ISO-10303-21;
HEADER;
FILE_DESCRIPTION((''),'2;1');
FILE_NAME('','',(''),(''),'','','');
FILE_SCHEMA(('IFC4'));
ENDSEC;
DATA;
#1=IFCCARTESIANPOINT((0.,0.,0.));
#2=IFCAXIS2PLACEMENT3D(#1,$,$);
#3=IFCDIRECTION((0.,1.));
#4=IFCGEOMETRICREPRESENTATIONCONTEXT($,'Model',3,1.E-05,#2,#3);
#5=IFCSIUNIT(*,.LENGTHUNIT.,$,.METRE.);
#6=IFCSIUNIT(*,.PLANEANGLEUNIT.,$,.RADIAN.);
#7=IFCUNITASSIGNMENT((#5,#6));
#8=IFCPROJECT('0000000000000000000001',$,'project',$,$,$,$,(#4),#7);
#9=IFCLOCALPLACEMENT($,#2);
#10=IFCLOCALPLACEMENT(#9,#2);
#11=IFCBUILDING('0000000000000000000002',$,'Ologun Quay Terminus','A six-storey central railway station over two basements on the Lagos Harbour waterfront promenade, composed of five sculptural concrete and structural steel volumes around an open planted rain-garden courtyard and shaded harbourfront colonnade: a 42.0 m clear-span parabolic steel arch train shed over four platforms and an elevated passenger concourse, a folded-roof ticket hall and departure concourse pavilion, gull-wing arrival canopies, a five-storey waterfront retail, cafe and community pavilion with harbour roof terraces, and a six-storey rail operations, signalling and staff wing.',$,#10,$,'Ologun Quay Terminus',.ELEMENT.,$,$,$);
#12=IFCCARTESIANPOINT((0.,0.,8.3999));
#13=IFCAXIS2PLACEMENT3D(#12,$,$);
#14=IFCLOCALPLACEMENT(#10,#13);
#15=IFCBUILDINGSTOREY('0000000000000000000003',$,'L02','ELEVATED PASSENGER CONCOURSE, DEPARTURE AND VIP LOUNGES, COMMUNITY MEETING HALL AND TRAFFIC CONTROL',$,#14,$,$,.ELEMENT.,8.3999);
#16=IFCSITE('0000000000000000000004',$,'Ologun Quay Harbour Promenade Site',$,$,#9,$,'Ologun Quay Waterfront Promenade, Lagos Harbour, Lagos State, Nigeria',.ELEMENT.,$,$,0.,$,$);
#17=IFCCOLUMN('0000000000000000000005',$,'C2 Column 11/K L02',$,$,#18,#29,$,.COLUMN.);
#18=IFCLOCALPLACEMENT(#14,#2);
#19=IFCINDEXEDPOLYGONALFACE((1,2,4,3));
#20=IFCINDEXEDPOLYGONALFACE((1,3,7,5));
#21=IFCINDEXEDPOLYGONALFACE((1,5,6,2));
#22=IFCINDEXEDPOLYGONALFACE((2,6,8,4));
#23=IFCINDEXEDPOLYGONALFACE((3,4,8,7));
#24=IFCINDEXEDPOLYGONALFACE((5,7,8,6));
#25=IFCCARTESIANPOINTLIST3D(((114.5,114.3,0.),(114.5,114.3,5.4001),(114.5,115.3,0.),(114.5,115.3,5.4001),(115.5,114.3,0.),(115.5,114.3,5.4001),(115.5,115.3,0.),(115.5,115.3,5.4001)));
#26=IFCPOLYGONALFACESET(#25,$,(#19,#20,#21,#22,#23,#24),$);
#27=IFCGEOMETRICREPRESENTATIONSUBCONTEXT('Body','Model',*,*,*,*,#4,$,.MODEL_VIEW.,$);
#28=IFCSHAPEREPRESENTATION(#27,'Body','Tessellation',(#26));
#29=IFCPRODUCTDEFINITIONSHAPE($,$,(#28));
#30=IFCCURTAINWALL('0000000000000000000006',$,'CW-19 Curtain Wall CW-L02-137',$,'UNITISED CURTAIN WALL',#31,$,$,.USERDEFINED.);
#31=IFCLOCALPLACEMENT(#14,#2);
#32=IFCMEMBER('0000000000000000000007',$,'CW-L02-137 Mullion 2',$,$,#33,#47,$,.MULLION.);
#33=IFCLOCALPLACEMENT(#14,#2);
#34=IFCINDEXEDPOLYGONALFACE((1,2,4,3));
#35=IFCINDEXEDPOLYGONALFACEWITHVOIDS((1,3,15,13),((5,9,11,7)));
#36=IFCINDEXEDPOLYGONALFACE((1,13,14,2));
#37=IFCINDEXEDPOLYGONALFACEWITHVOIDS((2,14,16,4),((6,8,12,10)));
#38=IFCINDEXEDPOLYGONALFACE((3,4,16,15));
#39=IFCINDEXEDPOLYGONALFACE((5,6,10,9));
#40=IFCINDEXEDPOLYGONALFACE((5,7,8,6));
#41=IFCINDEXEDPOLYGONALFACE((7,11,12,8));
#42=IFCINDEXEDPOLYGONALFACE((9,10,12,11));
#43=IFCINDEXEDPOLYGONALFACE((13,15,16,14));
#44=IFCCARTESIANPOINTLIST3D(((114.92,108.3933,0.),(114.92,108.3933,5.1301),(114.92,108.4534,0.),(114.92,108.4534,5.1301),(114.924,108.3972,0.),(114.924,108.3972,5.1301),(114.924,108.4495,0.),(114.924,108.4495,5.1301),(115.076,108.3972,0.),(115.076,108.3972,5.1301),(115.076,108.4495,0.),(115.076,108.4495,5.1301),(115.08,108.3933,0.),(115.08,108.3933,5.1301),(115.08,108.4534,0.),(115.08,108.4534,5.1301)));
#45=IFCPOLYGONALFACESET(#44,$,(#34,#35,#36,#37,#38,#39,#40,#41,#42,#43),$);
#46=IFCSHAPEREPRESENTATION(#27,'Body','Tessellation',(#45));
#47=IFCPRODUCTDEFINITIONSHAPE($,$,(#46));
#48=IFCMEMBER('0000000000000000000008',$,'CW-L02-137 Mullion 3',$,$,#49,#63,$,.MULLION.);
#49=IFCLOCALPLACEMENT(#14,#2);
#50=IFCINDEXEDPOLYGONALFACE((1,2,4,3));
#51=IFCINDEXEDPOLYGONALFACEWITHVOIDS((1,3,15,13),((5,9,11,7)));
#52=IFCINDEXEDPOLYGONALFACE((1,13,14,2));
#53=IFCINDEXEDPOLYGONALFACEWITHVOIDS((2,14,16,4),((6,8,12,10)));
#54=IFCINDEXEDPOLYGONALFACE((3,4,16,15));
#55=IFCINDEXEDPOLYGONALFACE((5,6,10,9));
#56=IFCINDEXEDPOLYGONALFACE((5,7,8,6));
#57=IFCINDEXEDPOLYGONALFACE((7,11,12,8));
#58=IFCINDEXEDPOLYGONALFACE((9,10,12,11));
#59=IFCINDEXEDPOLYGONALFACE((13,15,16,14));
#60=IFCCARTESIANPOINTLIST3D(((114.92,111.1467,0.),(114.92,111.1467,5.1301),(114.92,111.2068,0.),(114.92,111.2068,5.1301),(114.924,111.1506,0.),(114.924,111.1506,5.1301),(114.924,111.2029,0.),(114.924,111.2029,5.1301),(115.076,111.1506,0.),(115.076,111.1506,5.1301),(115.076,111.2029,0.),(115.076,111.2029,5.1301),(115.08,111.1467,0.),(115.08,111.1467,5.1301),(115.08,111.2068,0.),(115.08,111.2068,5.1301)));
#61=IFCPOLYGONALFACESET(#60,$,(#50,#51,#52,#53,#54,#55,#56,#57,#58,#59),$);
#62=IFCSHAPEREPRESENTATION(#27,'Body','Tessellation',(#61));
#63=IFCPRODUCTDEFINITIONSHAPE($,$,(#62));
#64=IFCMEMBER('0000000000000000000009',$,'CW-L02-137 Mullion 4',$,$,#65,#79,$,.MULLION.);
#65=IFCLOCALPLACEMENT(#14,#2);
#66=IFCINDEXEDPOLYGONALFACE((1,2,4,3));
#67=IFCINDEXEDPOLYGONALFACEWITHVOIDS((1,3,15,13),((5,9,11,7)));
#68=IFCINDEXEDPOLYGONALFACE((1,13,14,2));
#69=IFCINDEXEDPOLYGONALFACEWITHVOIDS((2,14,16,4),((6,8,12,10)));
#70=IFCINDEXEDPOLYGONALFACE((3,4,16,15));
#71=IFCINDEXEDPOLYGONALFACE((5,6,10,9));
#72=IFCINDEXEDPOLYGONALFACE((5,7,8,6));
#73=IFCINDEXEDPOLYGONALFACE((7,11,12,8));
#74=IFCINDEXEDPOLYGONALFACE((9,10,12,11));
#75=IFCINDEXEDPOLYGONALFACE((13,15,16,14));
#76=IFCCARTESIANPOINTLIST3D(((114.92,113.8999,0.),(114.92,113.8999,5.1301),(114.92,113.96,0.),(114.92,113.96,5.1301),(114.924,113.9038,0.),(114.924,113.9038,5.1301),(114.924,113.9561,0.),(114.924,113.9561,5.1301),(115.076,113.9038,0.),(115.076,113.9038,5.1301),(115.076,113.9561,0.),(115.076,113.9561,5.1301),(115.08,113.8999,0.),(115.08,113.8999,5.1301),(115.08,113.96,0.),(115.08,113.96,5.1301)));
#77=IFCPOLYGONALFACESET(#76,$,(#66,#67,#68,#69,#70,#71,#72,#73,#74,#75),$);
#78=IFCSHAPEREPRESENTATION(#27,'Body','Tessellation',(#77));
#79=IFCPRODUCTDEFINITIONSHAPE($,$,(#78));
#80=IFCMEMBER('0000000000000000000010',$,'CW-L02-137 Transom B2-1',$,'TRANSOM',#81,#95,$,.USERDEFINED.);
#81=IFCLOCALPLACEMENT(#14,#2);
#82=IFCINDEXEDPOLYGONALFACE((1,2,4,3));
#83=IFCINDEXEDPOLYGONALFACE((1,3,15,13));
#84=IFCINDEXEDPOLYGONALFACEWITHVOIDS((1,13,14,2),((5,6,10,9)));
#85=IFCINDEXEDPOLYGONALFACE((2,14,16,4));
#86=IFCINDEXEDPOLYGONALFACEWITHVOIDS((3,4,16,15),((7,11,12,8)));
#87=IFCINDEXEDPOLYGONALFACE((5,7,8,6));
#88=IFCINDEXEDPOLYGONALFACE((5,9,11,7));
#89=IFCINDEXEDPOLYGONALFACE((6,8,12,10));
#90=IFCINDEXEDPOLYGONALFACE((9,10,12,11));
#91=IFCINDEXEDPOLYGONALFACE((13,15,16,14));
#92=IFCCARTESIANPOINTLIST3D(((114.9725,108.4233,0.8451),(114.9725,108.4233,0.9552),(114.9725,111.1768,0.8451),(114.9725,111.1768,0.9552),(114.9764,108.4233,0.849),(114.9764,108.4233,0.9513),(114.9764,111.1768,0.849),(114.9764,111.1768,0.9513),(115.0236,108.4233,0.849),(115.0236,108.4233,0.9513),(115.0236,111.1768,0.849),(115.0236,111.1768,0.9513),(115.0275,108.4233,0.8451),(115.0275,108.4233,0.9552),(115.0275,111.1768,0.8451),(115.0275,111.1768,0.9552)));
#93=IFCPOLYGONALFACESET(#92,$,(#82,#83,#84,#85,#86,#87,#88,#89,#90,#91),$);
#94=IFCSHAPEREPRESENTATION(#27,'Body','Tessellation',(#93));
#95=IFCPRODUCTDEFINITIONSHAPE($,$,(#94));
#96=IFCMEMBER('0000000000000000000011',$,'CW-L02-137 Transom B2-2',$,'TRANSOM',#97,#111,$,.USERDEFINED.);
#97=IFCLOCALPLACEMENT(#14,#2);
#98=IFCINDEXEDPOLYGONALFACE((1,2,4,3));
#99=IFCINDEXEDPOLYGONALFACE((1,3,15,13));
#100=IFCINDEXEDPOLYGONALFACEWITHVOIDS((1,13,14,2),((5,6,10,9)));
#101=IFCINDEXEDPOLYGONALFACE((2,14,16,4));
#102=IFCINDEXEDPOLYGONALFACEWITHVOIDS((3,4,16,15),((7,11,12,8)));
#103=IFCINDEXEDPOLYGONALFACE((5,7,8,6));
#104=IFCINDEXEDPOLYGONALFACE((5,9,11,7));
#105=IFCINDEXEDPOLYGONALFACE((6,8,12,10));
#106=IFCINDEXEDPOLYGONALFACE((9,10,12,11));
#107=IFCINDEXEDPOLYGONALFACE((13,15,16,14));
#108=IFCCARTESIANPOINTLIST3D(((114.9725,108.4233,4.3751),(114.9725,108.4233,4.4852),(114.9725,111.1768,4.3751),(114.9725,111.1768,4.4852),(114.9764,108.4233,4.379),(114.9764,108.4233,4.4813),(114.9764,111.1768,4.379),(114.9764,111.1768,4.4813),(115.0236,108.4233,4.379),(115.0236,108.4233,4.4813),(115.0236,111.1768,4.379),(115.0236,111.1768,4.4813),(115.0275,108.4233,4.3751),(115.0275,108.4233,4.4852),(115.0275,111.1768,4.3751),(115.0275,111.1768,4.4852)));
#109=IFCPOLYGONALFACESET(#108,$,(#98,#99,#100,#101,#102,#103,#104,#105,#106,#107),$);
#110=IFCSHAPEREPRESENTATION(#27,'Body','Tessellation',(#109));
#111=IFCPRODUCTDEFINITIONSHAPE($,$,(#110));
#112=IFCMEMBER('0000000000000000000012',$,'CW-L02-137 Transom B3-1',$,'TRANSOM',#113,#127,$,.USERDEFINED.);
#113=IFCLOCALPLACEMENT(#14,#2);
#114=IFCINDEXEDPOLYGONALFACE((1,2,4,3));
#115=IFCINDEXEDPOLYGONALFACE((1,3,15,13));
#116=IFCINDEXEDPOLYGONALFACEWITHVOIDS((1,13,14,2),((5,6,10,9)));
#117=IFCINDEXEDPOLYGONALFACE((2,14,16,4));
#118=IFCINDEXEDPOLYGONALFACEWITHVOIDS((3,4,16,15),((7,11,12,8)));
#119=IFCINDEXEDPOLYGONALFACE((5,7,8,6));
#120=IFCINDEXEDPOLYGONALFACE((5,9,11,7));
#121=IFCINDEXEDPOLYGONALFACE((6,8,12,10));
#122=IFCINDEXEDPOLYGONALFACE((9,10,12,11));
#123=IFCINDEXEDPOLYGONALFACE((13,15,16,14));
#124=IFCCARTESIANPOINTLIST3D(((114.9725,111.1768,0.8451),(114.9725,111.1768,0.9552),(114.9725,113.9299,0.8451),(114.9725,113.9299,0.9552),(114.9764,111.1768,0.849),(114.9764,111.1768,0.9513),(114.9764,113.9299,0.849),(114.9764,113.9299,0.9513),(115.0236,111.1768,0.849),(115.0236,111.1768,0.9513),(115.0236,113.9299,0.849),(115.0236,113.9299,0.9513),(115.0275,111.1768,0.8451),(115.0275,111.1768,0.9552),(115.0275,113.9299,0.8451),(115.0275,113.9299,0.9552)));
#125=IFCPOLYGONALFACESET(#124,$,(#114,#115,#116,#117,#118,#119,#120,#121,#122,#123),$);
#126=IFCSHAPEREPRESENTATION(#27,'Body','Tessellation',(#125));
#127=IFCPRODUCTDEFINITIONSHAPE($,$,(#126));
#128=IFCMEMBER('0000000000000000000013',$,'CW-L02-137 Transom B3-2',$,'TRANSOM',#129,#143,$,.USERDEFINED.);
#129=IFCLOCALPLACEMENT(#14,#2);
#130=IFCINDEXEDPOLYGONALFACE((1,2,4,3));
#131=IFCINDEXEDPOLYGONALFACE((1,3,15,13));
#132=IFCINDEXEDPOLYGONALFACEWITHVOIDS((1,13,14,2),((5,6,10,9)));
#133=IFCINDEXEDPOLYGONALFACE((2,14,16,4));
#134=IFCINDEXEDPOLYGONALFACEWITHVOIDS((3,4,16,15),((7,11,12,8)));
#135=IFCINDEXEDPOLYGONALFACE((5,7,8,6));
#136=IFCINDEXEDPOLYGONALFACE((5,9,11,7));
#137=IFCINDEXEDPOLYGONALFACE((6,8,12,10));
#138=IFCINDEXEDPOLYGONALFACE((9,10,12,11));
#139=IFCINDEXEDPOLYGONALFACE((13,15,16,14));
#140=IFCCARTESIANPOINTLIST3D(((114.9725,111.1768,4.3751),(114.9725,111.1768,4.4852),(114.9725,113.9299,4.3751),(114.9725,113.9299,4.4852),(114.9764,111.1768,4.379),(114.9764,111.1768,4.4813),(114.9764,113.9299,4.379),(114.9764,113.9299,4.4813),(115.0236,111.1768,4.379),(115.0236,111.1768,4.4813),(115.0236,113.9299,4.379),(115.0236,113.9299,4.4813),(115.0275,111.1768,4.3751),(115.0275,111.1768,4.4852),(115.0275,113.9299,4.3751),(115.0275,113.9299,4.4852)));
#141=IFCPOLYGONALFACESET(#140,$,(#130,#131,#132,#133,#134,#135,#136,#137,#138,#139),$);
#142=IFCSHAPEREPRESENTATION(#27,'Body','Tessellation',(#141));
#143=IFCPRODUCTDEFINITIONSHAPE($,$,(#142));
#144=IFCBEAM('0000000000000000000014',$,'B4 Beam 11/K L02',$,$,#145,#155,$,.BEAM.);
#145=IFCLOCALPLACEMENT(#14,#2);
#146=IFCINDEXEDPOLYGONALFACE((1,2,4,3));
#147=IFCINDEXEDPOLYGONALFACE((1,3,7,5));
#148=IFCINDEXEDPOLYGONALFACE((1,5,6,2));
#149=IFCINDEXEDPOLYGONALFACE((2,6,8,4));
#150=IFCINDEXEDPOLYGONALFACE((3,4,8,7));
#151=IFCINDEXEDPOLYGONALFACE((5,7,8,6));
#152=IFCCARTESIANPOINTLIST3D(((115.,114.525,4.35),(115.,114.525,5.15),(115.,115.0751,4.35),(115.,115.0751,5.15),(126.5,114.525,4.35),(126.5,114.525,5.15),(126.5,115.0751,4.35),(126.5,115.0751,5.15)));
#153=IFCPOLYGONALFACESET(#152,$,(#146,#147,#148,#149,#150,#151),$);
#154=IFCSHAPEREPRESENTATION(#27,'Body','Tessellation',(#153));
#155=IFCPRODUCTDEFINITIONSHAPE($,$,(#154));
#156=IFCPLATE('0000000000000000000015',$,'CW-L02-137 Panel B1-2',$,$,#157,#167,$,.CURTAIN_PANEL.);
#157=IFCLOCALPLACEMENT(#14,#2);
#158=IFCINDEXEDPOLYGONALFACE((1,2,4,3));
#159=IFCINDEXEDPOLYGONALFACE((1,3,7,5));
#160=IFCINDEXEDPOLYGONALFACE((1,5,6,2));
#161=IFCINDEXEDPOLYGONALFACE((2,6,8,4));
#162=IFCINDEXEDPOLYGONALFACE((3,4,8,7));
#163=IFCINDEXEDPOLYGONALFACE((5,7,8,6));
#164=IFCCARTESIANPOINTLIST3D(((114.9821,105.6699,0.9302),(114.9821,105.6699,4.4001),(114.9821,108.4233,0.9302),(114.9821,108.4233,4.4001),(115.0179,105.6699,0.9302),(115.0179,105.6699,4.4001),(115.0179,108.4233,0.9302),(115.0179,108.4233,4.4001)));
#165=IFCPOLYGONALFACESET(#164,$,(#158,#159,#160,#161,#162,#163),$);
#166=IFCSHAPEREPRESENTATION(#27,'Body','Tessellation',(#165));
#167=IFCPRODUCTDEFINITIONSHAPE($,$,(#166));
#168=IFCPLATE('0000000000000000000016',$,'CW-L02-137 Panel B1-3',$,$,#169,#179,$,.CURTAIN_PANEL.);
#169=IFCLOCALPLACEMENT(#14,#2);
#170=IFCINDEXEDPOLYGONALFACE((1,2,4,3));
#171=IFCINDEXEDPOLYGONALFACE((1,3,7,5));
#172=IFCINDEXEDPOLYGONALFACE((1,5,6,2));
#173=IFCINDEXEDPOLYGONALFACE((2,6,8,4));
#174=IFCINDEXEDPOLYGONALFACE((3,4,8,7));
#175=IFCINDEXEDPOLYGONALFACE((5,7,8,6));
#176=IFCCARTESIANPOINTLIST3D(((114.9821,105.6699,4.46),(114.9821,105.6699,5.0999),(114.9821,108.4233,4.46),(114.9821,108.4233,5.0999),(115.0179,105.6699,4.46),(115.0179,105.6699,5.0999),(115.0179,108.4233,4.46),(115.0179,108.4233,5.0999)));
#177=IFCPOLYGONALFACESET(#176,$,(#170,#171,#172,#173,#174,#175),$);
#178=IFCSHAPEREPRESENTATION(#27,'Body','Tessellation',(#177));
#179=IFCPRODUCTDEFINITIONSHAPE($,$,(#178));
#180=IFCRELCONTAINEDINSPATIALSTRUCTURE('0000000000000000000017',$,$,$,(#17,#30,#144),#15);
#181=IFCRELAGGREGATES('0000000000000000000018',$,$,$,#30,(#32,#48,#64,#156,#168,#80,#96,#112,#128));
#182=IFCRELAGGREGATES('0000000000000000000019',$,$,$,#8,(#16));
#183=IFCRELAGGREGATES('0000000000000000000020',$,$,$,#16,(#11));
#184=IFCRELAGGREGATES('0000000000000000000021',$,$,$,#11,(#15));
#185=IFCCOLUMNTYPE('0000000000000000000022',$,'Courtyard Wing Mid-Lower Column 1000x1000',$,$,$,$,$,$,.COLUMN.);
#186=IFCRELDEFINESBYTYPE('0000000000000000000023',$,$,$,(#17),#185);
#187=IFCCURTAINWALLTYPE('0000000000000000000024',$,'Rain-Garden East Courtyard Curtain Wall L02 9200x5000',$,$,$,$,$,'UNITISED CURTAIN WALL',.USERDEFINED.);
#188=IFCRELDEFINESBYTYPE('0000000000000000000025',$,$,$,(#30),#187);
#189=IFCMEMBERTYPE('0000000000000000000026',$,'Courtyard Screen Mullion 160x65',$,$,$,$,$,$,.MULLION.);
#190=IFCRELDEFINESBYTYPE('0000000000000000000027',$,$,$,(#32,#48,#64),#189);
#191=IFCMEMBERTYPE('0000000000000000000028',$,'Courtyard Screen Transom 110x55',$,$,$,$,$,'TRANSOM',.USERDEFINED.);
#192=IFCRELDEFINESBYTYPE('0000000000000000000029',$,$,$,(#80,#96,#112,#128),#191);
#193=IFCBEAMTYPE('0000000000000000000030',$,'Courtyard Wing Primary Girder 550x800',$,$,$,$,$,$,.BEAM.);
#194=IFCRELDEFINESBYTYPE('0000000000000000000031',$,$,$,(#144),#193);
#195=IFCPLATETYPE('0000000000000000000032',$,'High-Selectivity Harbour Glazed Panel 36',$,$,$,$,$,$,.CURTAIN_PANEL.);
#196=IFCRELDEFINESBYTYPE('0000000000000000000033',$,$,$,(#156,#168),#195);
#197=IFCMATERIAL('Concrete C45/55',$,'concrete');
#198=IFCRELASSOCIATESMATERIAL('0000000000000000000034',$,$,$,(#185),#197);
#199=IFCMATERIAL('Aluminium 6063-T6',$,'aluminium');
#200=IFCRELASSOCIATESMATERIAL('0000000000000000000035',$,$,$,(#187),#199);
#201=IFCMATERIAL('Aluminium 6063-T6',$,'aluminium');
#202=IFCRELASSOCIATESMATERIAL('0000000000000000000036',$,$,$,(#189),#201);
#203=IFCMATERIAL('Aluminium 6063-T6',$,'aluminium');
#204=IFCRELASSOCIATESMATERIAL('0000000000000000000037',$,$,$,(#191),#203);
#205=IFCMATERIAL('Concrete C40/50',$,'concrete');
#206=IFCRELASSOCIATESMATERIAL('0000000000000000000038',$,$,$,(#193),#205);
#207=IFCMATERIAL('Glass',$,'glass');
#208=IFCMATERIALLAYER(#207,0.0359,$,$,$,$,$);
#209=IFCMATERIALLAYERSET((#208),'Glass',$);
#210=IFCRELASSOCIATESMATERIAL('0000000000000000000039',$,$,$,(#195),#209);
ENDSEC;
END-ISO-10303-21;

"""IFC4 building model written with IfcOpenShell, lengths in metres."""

from ifc_helpers import new_model, si_unit, direction, frame, origin, origin_2d, place, context, subcontext, project, spatial, rectangle, hollow_rectangle, extrude, material, layer, layer_set, material_profile, profile_set, type_object, element, aggregate, save


model = new_model("IFC4")

# Units and contexts
model_context = context("Model", 3, precision=1e-05, world=origin(), true_north=direction((0.0, 1.0)))
body_context = subcontext(model_context, "Body", "Model", "MODEL_VIEW")
ifc_project = project(units=[si_unit("LENGTHUNIT", "METRE"), si_unit("PLANEANGLEUNIT", "RADIAN")], contexts=[model_context])

# Site, building, storey
site_placement = place(None, origin())
site = spatial("IfcSite", under=ifc_project, at=site_placement, Name="Ologun Quay Harbour Promenade Site", LongName="Ologun Quay Waterfront Promenade, Lagos Harbour, Lagos State, Nigeria", CompositionType="ELEMENT", RefElevation=0.0)
building_placement = place(site_placement, origin())
building = spatial("IfcBuilding", under=site, at=building_placement, Name="Ologun Quay Terminus", Description="A six-storey central railway station over two basements on the Lagos Harbour waterfront promenade, composed of five sculptural concrete and structural steel volumes around an open planted rain-garden courtyard and shaded harbourfront colonnade: a 42.0 m clear-span parabolic steel arch train shed over four platforms and an elevated passenger concourse, a folded-roof ticket hall and departure concourse pavilion, gull-wing arrival canopies, a five-storey waterfront retail, cafe and community pavilion with harbour roof terraces, and a six-storey rail operations, signalling and staff wing.", LongName="Ologun Quay Terminus", CompositionType="ELEMENT")
storey_placement = place(building_placement, frame((0.0, 0.0, 8.3999)))
storey = spatial("IfcBuildingStorey", under=building, at=storey_placement, Name="L02", Description="ELEVATED PASSENGER CONCOURSE, DEPARTURE AND VIP LOUNGES, COMMUNITY MEETING HALL AND TRAFFIC CONTROL", CompositionType="ELEMENT", Elevation=8.3999)

# Column
ifc_material_1 = material(Name="Concrete C45/55", Category="concrete")
ifc_material_profile_1 = material_profile(ifc_material_1, rectangle(XDim=1.0, YDim=1.0, at=origin_2d()), Name="RC 1000x1000")
ifc_profile_set_1 = profile_set([ifc_material_profile_1], Name="Concrete C45/55")
column_type = type_object("IfcColumnType", Name="Courtyard Wing Mid-Lower Column 1000x1000", PredefinedType="COLUMN", material=ifc_profile_set_1)
column_placement = place(storey_placement, frame((115.0, 114.8, 0.0), z_axis=(0.0, 0.0, 1.0), x_axis=(1.0, 0.0, 0.0)))
element("IfcColumn", 1, at=column_placement, inside=storey, type_object=column_type, Name="C2 Column 11/K L02", PredefinedType="COLUMN", context=body_context, shape_type="SweptSolid", body=[
    extrude(rectangle(XDim=1.0, YDim=1.0, at=origin_2d()), origin(), (0.0, 0.0, 1.0), 5.4001),
])

# Curtain wall, members
ifc_material_2 = material(Name="Aluminium 6063-T6", Category="aluminium")
curtain_wall_type = type_object("IfcCurtainWallType", Name="Rain-Garden East Courtyard Curtain Wall L02 9200x5000", ElementType="UNITISED CURTAIN WALL", PredefinedType="USERDEFINED", material=ifc_material_2)
curtain_wall_placement = place(storey_placement, origin())
curtain_wall = element("IfcCurtainWall", 2, at=curtain_wall_placement, inside=storey, type_object=curtain_wall_type, Name="CW-19 Curtain Wall CW-L02-137", ObjectType="UNITISED CURTAIN WALL", PredefinedType="USERDEFINED")
ifc_material_3 = material(Name="Aluminium 6063-T6", Category="aluminium")
ifc_material_profile_2 = material_profile(ifc_material_3, hollow_rectangle(XDim=0.0601, YDim=0.1599, WallThickness=0.0039, at=origin_2d()), Name="ALU 160x60x4")
ifc_profile_set_2 = profile_set([ifc_material_profile_2], Name="Aluminium 6063-T6")
member_type_1 = type_object("IfcMemberType", Name="Courtyard Screen Mullion 160x65", PredefinedType="MULLION", material=ifc_profile_set_2)
member_1_placement = place(storey_placement, frame((115.0, 108.4233, 0.0), z_axis=(0.0, 0.0, 1.0), x_axis=(0.0, 1.0, 0.0)))
member_1 = element("IfcMember", 3, at=member_1_placement, type_object=member_type_1, Name="CW-L02-137 Mullion 2", PredefinedType="MULLION", context=body_context, shape_type="SweptSolid", body=[
    extrude(hollow_rectangle(XDim=0.0601, YDim=0.1599, WallThickness=0.0039, at=origin_2d()), origin(), (0.0, 0.0, 1.0), 5.1301),
])
member_2_placement = place(storey_placement, frame((115.0, 111.1768, 0.0), z_axis=(0.0, 0.0, 1.0), x_axis=(0.0, 1.0, 0.0)))
member_2 = element("IfcMember", 4, at=member_2_placement, type_object=member_type_1, Name="CW-L02-137 Mullion 3", PredefinedType="MULLION", context=body_context, shape_type="SweptSolid", body=[
    extrude(hollow_rectangle(XDim=0.0601, YDim=0.1599, WallThickness=0.0039, at=origin_2d()), origin(), (0.0, 0.0, 1.0), 5.1301),
])
member_3_placement = place(storey_placement, frame((115.0, 113.9299, 0.0), z_axis=(0.0, 0.0, 1.0), x_axis=(0.0, 1.0, 0.0)))
member_3 = element("IfcMember", 5, at=member_3_placement, type_object=member_type_1, Name="CW-L02-137 Mullion 4", PredefinedType="MULLION", context=body_context, shape_type="SweptSolid", body=[
    extrude(hollow_rectangle(XDim=0.0601, YDim=0.1599, WallThickness=0.0039, at=origin_2d()), origin(), (0.0, 0.0, 1.0), 5.1301),
])
ifc_material_4 = material(Name="Aluminium 6063-T6", Category="aluminium")
ifc_material_profile_3 = material_profile(ifc_material_4, hollow_rectangle(XDim=0.0549, YDim=0.1101, WallThickness=0.0039, at=origin_2d()), Name="ALU 110x55x4")
ifc_profile_set_3 = profile_set([ifc_material_profile_3], Name="Aluminium 6063-T6")
member_type_2 = type_object("IfcMemberType", Name="Courtyard Screen Transom 110x55", ElementType="TRANSOM", PredefinedType="USERDEFINED", material=ifc_profile_set_3)
member_4_placement = place(storey_placement, frame((115.0, 108.4233, 0.9001), z_axis=(0.0, 1.0, 0.0), x_axis=(-1.0, 0.0, 0.0)))
member_4 = element("IfcMember", 6, at=member_4_placement, type_object=member_type_2, Name="CW-L02-137 Transom B2-1", ObjectType="TRANSOM", PredefinedType="USERDEFINED", context=body_context, shape_type="SweptSolid", body=[
    extrude(hollow_rectangle(XDim=0.0549, YDim=0.1101, WallThickness=0.0039, at=origin_2d()), origin(), (0.0, 0.0, 1.0), 2.7534),
])
member_5_placement = place(storey_placement, frame((115.0, 108.4233, 4.4302), z_axis=(0.0, 1.0, 0.0), x_axis=(-1.0, 0.0, 0.0)))
member_5 = element("IfcMember", 7, at=member_5_placement, type_object=member_type_2, Name="CW-L02-137 Transom B2-2", ObjectType="TRANSOM", PredefinedType="USERDEFINED", context=body_context, shape_type="SweptSolid", body=[
    extrude(hollow_rectangle(XDim=0.0549, YDim=0.1101, WallThickness=0.0039, at=origin_2d()), origin(), (0.0, 0.0, 1.0), 2.7534),
])
member_6_placement = place(storey_placement, frame((115.0, 111.1768, 0.9001), z_axis=(0.0, 1.0, 0.0), x_axis=(-1.0, 0.0, 0.0)))
member_6 = element("IfcMember", 8, at=member_6_placement, type_object=member_type_2, Name="CW-L02-137 Transom B3-1", ObjectType="TRANSOM", PredefinedType="USERDEFINED", context=body_context, shape_type="SweptSolid", body=[
    extrude(hollow_rectangle(XDim=0.0549, YDim=0.1101, WallThickness=0.0039, at=origin_2d()), origin(), (0.0, 0.0, 1.0), 2.7532),
])
member_7_placement = place(storey_placement, frame((115.0, 111.1768, 4.4302), z_axis=(0.0, 1.0, 0.0), x_axis=(-1.0, 0.0, 0.0)))
member_7 = element("IfcMember", 9, at=member_7_placement, type_object=member_type_2, Name="CW-L02-137 Transom B3-2", ObjectType="TRANSOM", PredefinedType="USERDEFINED", context=body_context, shape_type="SweptSolid", body=[
    extrude(hollow_rectangle(XDim=0.0549, YDim=0.1101, WallThickness=0.0039, at=origin_2d()), origin(), (0.0, 0.0, 1.0), 2.7532),
])

# Beam
ifc_material_5 = material(Name="Concrete C40/50", Category="concrete")
ifc_material_profile_4 = material_profile(ifc_material_5, rectangle(XDim=0.55, YDim=0.8, at=origin_2d()), Name="RC 550x800")
ifc_profile_set_4 = profile_set([ifc_material_profile_4], Name="Concrete C40/50")
beam_type = type_object("IfcBeamType", Name="Courtyard Wing Primary Girder 550x800", PredefinedType="BEAM", material=ifc_profile_set_4)
beam_placement = place(storey_placement, frame((115.0, 114.8, 4.75), z_axis=(1.0, 0.0, 0.0), x_axis=(0.0, 1.0, 0.0)))
element("IfcBeam", 10, at=beam_placement, inside=storey, type_object=beam_type, Name="B4 Beam 11/K L02", PredefinedType="BEAM", context=body_context, shape_type="SweptSolid", body=[
    extrude(rectangle(XDim=0.55, YDim=0.8, at=origin_2d()), origin(), (0.0, 0.0, 1.0), 11.5),
])

# Plates
ifc_material_6 = material(Name="Glass", Category="glass")
ifc_layer_1 = layer(ifc_material_6, 0.0359)
ifc_layer_set_1 = layer_set([ifc_layer_1], Name="Glass")
plate_type_1 = type_object("IfcPlateType", Name="High-Selectivity Harbour Glazed Panel 36", PredefinedType="CURTAIN_PANEL", material=ifc_layer_set_1)
plate_1_placement = place(storey_placement, frame((115.0, 107.0466, 0.9302), z_axis=(0.0, 0.0, 1.0), x_axis=(0.0, 1.0, 0.0)))
plate_1 = element("IfcPlate", 11, at=plate_1_placement, type_object=plate_type_1, Name="CW-L02-137 Panel B1-2", PredefinedType="CURTAIN_PANEL", context=body_context, shape_type="SweptSolid", body=[
    extrude(rectangle(XDim=2.7534, YDim=0.0359, at=origin_2d()), origin(), (0.0, 0.0, 1.0), 3.47),
])
plate_2_placement = place(storey_placement, frame((115.0, 107.0466, 4.46), z_axis=(0.0, 0.0, 1.0), x_axis=(0.0, 1.0, 0.0)))
plate_2 = element("IfcPlate", 12, at=plate_2_placement, type_object=plate_type_1, Name="CW-L02-137 Panel B1-3", PredefinedType="CURTAIN_PANEL", context=body_context, shape_type="SweptSolid", body=[
    extrude(rectangle(XDim=2.7534, YDim=0.0359, at=origin_2d()), origin(), (0.0, 0.0, 1.0), 0.6399),
])
aggregate(curtain_wall, [member_1, member_2, member_3, plate_1, plate_2, member_4, member_5, member_6, member_7])

save(model, "model.ifc")
